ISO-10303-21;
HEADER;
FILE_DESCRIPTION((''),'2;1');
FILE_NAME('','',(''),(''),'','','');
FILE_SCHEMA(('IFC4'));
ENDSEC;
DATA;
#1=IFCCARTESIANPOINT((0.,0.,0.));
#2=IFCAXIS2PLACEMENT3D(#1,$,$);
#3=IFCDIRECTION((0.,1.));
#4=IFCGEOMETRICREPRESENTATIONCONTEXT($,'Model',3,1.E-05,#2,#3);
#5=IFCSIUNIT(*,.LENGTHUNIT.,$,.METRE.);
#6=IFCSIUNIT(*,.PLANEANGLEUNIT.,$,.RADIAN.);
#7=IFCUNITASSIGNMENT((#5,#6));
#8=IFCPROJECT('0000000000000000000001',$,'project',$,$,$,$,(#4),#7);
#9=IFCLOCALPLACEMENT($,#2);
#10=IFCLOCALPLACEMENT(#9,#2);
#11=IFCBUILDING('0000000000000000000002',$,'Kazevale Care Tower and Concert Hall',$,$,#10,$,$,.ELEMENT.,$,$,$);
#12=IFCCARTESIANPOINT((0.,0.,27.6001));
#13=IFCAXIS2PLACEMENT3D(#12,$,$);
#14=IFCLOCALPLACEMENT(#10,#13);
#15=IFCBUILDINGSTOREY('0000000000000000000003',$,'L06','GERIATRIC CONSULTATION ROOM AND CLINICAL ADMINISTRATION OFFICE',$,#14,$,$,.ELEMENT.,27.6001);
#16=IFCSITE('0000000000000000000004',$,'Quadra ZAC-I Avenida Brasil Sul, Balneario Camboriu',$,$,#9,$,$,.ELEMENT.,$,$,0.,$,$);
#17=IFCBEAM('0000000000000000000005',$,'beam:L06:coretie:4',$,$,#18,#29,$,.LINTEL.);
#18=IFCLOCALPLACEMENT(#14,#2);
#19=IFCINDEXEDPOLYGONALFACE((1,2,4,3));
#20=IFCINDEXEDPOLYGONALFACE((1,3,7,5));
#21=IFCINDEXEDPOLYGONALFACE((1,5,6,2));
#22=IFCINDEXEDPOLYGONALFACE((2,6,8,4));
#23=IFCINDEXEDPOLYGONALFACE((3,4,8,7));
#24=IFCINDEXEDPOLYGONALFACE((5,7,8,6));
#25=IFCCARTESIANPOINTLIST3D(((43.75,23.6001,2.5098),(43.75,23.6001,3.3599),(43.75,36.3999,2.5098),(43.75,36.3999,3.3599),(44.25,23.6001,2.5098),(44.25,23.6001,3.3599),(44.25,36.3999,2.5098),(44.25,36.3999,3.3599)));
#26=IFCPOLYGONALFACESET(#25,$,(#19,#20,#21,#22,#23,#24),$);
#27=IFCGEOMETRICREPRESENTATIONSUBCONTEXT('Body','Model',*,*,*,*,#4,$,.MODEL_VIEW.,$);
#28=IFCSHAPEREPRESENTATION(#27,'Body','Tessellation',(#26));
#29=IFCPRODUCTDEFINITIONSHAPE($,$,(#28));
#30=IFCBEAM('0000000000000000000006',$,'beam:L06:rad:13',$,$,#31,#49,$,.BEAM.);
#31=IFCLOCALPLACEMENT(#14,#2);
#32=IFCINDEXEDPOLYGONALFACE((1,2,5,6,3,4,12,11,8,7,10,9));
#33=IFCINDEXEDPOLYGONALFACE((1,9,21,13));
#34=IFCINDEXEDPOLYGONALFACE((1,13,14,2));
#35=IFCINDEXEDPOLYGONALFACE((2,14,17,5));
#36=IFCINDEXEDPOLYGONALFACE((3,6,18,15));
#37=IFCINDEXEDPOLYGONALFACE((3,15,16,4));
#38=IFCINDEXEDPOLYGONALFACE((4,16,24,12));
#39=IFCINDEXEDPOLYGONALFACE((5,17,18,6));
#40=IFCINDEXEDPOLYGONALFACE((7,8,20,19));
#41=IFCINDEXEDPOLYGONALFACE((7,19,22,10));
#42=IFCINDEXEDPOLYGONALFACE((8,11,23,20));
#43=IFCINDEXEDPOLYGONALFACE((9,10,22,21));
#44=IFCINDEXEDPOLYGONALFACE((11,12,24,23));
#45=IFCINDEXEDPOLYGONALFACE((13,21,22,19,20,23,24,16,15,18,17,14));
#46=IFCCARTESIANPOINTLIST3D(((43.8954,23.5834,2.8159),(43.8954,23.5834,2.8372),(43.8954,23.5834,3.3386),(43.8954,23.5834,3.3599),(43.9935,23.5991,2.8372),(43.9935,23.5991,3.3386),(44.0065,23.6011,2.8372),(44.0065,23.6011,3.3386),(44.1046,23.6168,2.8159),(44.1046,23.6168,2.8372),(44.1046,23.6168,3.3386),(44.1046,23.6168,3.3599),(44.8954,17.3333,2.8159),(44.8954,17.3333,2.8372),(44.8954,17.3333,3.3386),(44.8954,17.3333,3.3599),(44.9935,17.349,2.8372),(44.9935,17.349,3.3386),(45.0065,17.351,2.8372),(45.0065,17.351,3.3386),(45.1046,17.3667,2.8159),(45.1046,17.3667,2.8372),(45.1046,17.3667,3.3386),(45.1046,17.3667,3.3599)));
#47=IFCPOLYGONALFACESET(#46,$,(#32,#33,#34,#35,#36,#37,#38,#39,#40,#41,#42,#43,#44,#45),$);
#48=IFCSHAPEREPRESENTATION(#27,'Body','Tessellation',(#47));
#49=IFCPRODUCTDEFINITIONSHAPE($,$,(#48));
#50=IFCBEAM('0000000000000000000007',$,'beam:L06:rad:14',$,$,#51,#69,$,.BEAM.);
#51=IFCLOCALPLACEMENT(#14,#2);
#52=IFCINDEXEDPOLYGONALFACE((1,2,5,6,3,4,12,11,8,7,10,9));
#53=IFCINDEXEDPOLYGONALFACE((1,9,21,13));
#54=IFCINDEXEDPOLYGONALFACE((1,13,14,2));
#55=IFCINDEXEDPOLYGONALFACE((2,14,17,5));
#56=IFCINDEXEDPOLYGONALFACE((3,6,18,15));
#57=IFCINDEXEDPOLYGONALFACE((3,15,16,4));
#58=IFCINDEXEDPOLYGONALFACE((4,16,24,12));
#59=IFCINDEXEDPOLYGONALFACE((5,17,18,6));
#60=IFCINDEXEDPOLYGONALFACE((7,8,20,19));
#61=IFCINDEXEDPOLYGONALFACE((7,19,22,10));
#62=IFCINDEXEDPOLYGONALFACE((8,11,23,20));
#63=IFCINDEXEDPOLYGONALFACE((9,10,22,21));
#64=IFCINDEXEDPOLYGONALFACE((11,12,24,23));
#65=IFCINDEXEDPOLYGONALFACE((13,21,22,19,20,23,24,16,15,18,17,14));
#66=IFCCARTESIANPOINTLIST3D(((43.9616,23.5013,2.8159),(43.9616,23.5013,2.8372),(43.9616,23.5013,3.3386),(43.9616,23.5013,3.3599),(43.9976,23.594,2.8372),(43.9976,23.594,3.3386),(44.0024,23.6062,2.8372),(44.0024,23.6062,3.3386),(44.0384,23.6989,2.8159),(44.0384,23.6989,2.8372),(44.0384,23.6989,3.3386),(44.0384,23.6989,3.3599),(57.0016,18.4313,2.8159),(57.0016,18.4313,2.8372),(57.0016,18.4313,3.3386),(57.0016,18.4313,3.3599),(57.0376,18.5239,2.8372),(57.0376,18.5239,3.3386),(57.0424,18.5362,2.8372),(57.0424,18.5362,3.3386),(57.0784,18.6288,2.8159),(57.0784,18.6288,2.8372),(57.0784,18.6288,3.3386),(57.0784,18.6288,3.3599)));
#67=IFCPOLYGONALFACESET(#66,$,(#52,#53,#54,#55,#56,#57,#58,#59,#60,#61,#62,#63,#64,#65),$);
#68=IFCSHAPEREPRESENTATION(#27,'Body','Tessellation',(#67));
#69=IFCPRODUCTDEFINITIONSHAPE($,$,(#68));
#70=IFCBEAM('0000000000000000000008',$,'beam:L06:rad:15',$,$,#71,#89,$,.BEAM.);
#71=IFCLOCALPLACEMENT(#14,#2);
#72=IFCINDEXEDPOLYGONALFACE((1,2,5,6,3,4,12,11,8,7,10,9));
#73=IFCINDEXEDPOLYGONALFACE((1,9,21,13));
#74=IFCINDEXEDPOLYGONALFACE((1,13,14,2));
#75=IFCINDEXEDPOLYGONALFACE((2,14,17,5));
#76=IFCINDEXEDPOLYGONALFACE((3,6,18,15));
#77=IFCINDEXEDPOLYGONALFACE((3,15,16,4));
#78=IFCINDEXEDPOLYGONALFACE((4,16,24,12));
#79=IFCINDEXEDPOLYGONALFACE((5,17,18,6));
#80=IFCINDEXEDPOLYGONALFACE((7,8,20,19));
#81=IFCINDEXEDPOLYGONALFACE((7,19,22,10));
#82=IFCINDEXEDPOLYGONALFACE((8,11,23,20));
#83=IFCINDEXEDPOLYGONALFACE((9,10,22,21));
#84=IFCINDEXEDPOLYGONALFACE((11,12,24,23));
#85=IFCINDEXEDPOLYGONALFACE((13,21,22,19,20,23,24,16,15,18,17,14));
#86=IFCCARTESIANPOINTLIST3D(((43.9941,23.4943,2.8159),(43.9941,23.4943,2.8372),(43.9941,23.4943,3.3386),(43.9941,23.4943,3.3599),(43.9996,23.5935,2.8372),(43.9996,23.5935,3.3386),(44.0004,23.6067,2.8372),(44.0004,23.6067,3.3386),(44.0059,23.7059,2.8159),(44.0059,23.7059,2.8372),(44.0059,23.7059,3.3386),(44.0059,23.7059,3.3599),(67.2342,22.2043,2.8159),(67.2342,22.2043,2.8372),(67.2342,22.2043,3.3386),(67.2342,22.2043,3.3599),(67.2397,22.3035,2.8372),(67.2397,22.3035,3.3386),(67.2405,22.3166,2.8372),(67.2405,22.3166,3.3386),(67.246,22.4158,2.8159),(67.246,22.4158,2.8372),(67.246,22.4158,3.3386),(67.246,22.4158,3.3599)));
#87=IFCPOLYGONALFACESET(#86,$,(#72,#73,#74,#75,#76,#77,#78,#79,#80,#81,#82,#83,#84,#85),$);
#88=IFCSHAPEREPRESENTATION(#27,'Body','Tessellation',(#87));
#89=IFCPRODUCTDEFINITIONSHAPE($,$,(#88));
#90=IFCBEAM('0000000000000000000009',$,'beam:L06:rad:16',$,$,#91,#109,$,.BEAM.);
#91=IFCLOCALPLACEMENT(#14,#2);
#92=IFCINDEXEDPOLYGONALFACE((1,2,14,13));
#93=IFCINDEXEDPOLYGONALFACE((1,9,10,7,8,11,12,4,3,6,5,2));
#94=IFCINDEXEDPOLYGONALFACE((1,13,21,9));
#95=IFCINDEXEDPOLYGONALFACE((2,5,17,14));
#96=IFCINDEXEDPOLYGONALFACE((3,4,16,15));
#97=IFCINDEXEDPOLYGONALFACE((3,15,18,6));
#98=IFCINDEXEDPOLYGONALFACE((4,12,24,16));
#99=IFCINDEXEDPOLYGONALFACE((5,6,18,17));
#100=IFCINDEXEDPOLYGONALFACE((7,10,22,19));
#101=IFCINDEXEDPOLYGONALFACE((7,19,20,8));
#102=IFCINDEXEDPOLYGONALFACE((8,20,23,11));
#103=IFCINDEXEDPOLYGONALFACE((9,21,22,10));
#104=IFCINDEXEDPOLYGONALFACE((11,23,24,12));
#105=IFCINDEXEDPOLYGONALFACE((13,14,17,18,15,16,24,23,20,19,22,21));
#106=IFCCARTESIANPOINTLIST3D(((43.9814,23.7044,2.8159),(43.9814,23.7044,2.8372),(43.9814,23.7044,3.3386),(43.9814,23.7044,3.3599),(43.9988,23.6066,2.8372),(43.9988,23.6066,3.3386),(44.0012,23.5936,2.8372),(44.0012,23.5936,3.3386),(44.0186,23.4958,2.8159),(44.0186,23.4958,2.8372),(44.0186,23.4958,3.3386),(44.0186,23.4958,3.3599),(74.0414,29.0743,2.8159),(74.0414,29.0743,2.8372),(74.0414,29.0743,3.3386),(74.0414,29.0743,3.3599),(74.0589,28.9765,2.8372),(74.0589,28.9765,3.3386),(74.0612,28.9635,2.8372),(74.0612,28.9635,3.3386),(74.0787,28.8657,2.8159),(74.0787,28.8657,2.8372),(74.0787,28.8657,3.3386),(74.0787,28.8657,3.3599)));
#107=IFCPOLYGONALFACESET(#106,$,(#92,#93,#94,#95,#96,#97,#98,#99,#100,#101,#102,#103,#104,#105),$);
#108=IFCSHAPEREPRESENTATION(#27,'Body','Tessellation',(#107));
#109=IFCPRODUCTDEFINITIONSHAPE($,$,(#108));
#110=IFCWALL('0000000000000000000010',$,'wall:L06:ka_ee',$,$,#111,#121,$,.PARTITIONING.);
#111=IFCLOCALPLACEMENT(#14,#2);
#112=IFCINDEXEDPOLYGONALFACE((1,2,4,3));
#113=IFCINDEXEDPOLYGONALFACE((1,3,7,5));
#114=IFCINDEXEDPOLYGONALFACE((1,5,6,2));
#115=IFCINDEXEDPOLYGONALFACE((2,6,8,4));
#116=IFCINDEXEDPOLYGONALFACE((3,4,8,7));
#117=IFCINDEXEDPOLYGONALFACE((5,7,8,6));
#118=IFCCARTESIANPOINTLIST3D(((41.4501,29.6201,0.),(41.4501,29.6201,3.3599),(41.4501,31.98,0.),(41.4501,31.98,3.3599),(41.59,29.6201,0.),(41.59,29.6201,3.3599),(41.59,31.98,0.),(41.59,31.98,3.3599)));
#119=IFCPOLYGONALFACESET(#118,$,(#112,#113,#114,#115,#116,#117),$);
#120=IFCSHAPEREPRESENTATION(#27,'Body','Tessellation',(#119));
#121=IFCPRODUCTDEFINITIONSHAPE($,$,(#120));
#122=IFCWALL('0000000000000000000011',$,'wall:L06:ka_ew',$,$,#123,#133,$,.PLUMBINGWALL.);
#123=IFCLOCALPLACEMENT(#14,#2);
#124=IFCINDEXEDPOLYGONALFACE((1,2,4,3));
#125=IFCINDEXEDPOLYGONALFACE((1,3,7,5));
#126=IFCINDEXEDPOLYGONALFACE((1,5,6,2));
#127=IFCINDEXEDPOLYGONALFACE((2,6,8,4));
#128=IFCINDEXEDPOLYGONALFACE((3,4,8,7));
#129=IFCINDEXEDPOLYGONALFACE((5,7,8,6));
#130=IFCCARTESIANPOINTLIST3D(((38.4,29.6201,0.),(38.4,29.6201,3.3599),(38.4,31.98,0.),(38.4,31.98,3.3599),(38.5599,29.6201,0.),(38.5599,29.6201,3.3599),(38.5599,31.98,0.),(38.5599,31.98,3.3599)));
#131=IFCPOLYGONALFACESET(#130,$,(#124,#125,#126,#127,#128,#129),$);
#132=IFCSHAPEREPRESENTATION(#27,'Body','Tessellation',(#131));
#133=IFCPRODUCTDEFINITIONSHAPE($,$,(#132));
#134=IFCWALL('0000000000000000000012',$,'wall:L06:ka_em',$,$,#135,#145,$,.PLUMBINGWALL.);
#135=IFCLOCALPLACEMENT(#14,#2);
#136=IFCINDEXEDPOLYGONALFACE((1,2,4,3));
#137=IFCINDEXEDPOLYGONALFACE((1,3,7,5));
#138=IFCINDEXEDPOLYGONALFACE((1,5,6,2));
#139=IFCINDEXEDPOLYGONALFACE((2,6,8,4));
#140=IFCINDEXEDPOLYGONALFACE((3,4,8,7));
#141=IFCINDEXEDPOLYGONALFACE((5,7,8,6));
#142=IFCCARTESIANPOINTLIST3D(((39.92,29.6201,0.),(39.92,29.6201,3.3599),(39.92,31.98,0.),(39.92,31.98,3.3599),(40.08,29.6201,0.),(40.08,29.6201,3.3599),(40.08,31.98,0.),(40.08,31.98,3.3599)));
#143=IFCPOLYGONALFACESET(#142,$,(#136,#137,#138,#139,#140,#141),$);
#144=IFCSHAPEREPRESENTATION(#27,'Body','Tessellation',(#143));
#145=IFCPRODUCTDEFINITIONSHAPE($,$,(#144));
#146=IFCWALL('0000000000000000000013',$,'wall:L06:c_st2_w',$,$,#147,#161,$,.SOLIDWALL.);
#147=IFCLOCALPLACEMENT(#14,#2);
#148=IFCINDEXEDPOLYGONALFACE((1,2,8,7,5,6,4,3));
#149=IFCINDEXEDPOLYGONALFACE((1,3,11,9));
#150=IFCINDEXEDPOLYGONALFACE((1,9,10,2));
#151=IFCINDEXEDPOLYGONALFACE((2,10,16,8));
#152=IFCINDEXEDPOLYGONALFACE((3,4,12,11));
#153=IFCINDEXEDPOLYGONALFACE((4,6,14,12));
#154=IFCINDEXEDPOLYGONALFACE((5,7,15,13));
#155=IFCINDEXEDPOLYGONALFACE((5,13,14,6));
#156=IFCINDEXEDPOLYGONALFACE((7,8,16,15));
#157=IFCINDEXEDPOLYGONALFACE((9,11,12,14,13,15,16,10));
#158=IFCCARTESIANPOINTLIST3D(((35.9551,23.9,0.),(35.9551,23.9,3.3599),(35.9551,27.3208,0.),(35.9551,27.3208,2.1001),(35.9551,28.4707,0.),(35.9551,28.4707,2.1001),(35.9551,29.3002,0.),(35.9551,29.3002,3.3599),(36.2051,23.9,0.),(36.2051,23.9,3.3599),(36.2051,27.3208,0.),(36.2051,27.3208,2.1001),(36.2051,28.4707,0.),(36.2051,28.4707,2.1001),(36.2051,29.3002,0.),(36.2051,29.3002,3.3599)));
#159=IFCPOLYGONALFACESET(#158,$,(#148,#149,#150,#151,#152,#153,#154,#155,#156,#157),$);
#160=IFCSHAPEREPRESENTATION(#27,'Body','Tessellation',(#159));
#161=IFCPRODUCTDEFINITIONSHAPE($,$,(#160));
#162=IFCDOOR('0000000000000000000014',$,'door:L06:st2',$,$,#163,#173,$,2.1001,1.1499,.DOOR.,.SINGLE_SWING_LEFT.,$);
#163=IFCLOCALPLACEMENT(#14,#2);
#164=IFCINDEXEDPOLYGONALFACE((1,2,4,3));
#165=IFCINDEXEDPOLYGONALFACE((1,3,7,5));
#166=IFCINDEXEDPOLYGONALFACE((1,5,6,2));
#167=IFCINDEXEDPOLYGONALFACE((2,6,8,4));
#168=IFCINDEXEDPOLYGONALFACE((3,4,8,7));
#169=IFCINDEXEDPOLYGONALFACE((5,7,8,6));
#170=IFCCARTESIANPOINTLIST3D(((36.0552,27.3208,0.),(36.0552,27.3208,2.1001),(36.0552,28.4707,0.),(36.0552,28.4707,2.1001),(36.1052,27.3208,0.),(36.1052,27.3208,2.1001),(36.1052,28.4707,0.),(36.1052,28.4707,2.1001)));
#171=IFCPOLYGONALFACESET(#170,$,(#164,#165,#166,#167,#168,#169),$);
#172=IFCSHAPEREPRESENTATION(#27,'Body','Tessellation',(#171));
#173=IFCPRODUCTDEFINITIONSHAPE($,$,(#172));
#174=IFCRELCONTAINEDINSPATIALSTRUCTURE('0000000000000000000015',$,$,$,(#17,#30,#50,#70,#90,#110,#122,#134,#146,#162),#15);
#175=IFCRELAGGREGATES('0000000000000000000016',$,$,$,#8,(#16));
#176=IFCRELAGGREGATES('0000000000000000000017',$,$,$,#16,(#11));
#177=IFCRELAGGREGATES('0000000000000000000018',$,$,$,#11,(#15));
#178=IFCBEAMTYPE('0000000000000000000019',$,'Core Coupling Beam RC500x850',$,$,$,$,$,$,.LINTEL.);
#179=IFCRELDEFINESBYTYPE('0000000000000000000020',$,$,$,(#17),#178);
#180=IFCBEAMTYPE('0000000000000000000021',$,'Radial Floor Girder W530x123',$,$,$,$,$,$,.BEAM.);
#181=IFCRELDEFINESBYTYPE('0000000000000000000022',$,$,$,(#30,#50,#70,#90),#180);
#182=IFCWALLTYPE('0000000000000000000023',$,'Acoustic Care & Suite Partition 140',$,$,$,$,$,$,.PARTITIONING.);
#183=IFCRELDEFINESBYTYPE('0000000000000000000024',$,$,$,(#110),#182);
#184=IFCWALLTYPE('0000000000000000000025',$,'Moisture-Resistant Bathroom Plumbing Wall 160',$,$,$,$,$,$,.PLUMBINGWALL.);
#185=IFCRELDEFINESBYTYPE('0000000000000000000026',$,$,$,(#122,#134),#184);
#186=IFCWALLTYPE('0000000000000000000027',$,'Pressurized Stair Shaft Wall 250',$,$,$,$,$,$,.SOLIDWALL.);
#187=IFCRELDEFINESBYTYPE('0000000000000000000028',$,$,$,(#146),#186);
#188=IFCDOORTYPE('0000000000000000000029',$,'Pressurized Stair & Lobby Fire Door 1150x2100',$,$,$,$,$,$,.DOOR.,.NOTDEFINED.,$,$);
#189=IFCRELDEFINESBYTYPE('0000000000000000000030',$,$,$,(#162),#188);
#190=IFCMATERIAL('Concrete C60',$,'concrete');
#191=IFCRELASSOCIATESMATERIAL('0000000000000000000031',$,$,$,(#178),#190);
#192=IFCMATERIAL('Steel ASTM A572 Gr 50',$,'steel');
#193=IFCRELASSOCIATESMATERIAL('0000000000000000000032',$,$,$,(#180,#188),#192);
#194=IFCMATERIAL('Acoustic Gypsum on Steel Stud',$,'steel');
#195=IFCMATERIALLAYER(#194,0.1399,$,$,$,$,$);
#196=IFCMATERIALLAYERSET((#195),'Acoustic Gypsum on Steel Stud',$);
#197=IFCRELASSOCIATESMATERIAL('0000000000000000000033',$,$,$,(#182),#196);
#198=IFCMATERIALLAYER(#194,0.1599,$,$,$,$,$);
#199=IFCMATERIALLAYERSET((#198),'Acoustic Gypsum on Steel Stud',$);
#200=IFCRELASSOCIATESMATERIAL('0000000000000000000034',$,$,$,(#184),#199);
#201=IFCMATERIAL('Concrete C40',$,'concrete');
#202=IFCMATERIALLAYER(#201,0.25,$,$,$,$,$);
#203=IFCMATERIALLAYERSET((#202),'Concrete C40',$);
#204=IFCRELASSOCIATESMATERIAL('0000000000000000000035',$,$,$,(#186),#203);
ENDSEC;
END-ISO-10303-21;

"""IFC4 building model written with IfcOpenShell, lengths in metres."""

from ifc_helpers import new_model, si_unit, direction, frame, frame_2d, origin, origin_2d, place, context, subcontext, project, spatial, rectangle, i_section, extrude, material, layer, layer_set, material_profile, profile_set, type_object, element, fill, save


model = new_model("IFC4")

# Units and contexts
model_context = context("Model", 3, precision=1e-05, world=origin(), true_north=direction((0.0, 1.0)))
body_context = subcontext(model_context, "Body", "Model", "MODEL_VIEW")
ifc_project = project(units=[si_unit("LENGTHUNIT", "METRE"), si_unit("PLANEANGLEUNIT", "RADIAN")], contexts=[model_context])

# Site, building, storey
site_placement = place(None, origin())
site = spatial("IfcSite", under=ifc_project, at=site_placement, Name="Quadra ZAC-I Avenida Brasil Sul, Balneario Camboriu", CompositionType="ELEMENT", RefElevation=0.0)
building_placement = place(site_placement, origin())
building = spatial("IfcBuilding", under=site, at=building_placement, Name="Kazevale Care Tower and Concert Hall", CompositionType="ELEMENT")
storey_placement = place(building_placement, frame((0.0, 0.0, 27.6001)))
storey = spatial("IfcBuildingStorey", under=building, at=storey_placement, Name="L06", Description="GERIATRIC CONSULTATION ROOM AND CLINICAL ADMINISTRATION OFFICE", CompositionType="ELEMENT", Elevation=27.6001)

# Beams
ifc_material_1 = material(Name="Concrete C60", Category="concrete")
ifc_material_profile_1 = material_profile(ifc_material_1, rectangle(XDim=0.5, YDim=0.8501, at=origin_2d()), Name="RC-B500x850")
ifc_profile_set_1 = profile_set([ifc_material_profile_1], Name="Concrete C60")
beam_type_1 = type_object("IfcBeamType", Name="Core Coupling Beam RC500x850", PredefinedType="LINTEL", material=ifc_profile_set_1)
beam_1_placement = place(storey_placement, frame((44.0, 23.6001, 2.9348), z_axis=(0.0, 1.0, 0.0), x_axis=(-1.0, 0.0, 0.0)))
element("IfcBeam", 1, at=beam_1_placement, inside=storey, type_object=beam_type_1, Name="beam:L06:coretie:4", PredefinedType="LINTEL", context=body_context, shape_type="SweptSolid", body=[
    extrude(rectangle(XDim=0.5, YDim=0.8501, at=origin_2d()), origin(), (0.0, 0.0, 1.0), 12.7998),
])
ifc_material_2 = material(Name="Steel ASTM A572 Gr 50", Category="steel")
ifc_material_profile_2 = material_profile(ifc_material_2, i_section(OverallWidth=0.2119, OverallDepth=0.5439, WebThickness=0.0132, FlangeThickness=0.0212, at=origin_2d()), Name="W530x123")
ifc_profile_set_2 = profile_set([ifc_material_profile_2], Name="Steel ASTM A572 Gr 50")
beam_type_2 = type_object("IfcBeamType", Name="Radial Floor Girder W530x123", PredefinedType="BEAM", material=ifc_profile_set_2)
beam_2_placement = place(storey_placement, frame((44.0, 23.6001, 3.0879), z_axis=(0.157991, -0.987441, 0.0), x_axis=(0.987441, 0.157991, 0.0)))
element("IfcBeam", 2, at=beam_2_placement, inside=storey, type_object=beam_type_2, Name="beam:L06:rad:13", PredefinedType="BEAM", context=body_context, shape_type="SweptSolid", body=[
    extrude(i_section(OverallWidth=0.2119, OverallDepth=0.5439, WebThickness=0.0132, FlangeThickness=0.0212, at=origin_2d()), origin(), (0.0, 0.0, 1.0), 6.3296),
])
beam_3_placement = place(storey_placement, frame((44.0, 23.6001, 3.0879), z_axis=(0.93203, -0.362381, 0.0), x_axis=(0.362381, 0.93203, 0.0)))
element("IfcBeam", 3, at=beam_3_placement, inside=storey, type_object=beam_type_2, Name="beam:L06:rad:14", PredefinedType="BEAM", context=body_context, shape_type="SweptSolid", body=[
    extrude(i_section(OverallWidth=0.2119, OverallDepth=0.5439, WebThickness=0.0132, FlangeThickness=0.0212, at=origin_2d()), origin(), (0.0, 0.0, 1.0), 13.991),
])
beam_4_placement = place(storey_placement, frame((44.0, 23.6001, 3.0879), z_axis=(0.998463, -0.055424, 0.0), x_axis=(0.055424, 0.998463, 0.0)))
element("IfcBeam", 4, at=beam_4_placement, inside=storey, type_object=beam_type_2, Name="beam:L06:rad:15", PredefinedType="BEAM", context=body_context, shape_type="SweptSolid", body=[
    extrude(i_section(OverallWidth=0.2119, OverallDepth=0.5439, WebThickness=0.0132, FlangeThickness=0.0212, at=origin_2d()), origin(), (0.0, 0.0, 1.0), 23.2759),
])
beam_5_placement = place(storey_placement, frame((44.0, 23.6001, 3.0879), z_axis=(0.984416, 0.175854, 0.0), x_axis=(-0.175854, 0.984416, 0.0)))
element("IfcBeam", 5, at=beam_5_placement, inside=storey, type_object=beam_type_2, Name="beam:L06:rad:16", PredefinedType="BEAM", context=body_context, shape_type="SweptSolid", body=[
    extrude(i_section(OverallWidth=0.2119, OverallDepth=0.5439, WebThickness=0.0132, FlangeThickness=0.0212, at=origin_2d()), origin(), (0.0, 0.0, 1.0), 30.5359),
])

# Wall
ifc_material_3 = material(Name="Acoustic Gypsum on Steel Stud", Category="steel")
ifc_layer_1 = layer(ifc_material_3, 0.1399)
ifc_layer_set_1 = layer_set([ifc_layer_1], Name="Acoustic Gypsum on Steel Stud")
wall_type_1 = type_object("IfcWallType", Name="Acoustic Care & Suite Partition 140", PredefinedType="PARTITIONING", material=ifc_layer_set_1)
wall_1_placement = place(storey_placement, frame((41.52, 29.6201, 0.0), z_axis=(0.0, 0.0, 1.0), x_axis=(0.0, 1.0, 0.0)))
element("IfcWall", 6, at=wall_1_placement, inside=storey, type_object=wall_type_1, Name="wall:L06:ka_ee", PredefinedType="PARTITIONING", context=body_context, shape_type="SweptSolid", body=[
    extrude(rectangle(XDim=2.3599, YDim=0.1399, at=frame_2d((1.1799, 0.0))), origin(), (0.0, 0.0, 1.0), 3.3599),
])

# Walls
ifc_layer_2 = layer(ifc_material_3, 0.1599)
ifc_layer_set_2 = layer_set([ifc_layer_2], Name="Acoustic Gypsum on Steel Stud")
wall_type_2 = type_object("IfcWallType", Name="Moisture-Resistant Bathroom Plumbing Wall 160", PredefinedType="PLUMBINGWALL", material=ifc_layer_set_2)
for number, where, z_axis, x_axis, name in (
    (7, (38.48, 29.6201, 0.0), (0.0, 0.0, 1.0), (0.0, 1.0, 0.0), "wall:L06:ka_ew"),
    (8, (40.0, 29.6201, 0.0), (0.0, 0.0, 1.0), (0.0, 1.0, 0.0), "wall:L06:ka_em"),
):
    element("IfcWall", number, at=place(storey_placement, frame(where, z_axis=z_axis, x_axis=x_axis)), inside=storey, type_object=wall_type_2, Name=name, PredefinedType="PLUMBINGWALL", context=body_context, shape_type="SweptSolid", body=[
        extrude(rectangle(XDim=2.3599, YDim=0.1599, at=frame_2d((1.1799, 0.0))), origin(), (0.0, 0.0, 1.0), 3.3599),
    ])

# Wall, opening, door
ifc_material_4 = material(Name="Concrete C40", Category="concrete")
ifc_layer_3 = layer(ifc_material_4, 0.25)
ifc_layer_set_3 = layer_set([ifc_layer_3], Name="Concrete C40")
wall_type_3 = type_object("IfcWallType", Name="Pressurized Stair Shaft Wall 250", PredefinedType="SOLIDWALL", material=ifc_layer_set_3)
wall_2_placement = place(storey_placement, frame((36.0801, 23.8999, 0.0), z_axis=(0.0, 0.0, 1.0), x_axis=(0.0, 1.0, 0.0)))
wall_2 = element("IfcWall", 9, at=wall_2_placement, inside=storey, type_object=wall_type_3, Name="wall:L06:c_st2_w", PredefinedType="SOLIDWALL", context=body_context, shape_type="SweptSolid", body=[
    extrude(rectangle(XDim=5.4001, YDim=0.25, at=frame_2d((2.7002, 0.0))), origin(), (0.0, 0.0, 1.0), 3.3599),
])
opening_1_placement = place(wall_2_placement, frame((3.4209, 0.0, 0.0)))
opening_1 = element("IfcOpeningElement", 10, at=opening_1_placement, cuts=wall_2, PredefinedType="OPENING", context=body_context, shape_type="SweptSolid", body=[
    extrude(rectangle(XDim=1.1499, YDim=2.1001, at=frame_2d((0.575, 1.05))), frame((0.0, 0.135, 0.0), z_axis=(0.0, -1.0, 0.0), x_axis=(1.0, 0.0, 0.0)), (0.0, 0.0, 1.0), 0.27),
])
door_type_1 = type_object("IfcDoorType", Name="Pressurized Stair & Lobby Fire Door 1150x2100", OperationType="NOTDEFINED", PredefinedType="DOOR", material=ifc_material_2)
door_1_placement = place(opening_1_placement, origin())
door_1 = element("IfcDoor", 11, at=door_1_placement, inside=storey, type_object=door_type_1, Name="door:L06:st2", OperationType="SINGLE_SWING_LEFT", OverallHeight=2.1001, OverallWidth=1.1499, PredefinedType="DOOR", context=body_context, shape_type="SweptSolid", body=[
    extrude(rectangle(XDim=1.1499, YDim=2.1001, at=frame_2d((0.575, 1.05))), frame((0.0, 0.0249, 0.0), z_axis=(0.0, -1.0, 0.0), x_axis=(1.0, 0.0, 0.0)), (0.0, 0.0, 1.0), 0.05),
])
fill(opening_1, door_1)

save(model, "model.ifc")
